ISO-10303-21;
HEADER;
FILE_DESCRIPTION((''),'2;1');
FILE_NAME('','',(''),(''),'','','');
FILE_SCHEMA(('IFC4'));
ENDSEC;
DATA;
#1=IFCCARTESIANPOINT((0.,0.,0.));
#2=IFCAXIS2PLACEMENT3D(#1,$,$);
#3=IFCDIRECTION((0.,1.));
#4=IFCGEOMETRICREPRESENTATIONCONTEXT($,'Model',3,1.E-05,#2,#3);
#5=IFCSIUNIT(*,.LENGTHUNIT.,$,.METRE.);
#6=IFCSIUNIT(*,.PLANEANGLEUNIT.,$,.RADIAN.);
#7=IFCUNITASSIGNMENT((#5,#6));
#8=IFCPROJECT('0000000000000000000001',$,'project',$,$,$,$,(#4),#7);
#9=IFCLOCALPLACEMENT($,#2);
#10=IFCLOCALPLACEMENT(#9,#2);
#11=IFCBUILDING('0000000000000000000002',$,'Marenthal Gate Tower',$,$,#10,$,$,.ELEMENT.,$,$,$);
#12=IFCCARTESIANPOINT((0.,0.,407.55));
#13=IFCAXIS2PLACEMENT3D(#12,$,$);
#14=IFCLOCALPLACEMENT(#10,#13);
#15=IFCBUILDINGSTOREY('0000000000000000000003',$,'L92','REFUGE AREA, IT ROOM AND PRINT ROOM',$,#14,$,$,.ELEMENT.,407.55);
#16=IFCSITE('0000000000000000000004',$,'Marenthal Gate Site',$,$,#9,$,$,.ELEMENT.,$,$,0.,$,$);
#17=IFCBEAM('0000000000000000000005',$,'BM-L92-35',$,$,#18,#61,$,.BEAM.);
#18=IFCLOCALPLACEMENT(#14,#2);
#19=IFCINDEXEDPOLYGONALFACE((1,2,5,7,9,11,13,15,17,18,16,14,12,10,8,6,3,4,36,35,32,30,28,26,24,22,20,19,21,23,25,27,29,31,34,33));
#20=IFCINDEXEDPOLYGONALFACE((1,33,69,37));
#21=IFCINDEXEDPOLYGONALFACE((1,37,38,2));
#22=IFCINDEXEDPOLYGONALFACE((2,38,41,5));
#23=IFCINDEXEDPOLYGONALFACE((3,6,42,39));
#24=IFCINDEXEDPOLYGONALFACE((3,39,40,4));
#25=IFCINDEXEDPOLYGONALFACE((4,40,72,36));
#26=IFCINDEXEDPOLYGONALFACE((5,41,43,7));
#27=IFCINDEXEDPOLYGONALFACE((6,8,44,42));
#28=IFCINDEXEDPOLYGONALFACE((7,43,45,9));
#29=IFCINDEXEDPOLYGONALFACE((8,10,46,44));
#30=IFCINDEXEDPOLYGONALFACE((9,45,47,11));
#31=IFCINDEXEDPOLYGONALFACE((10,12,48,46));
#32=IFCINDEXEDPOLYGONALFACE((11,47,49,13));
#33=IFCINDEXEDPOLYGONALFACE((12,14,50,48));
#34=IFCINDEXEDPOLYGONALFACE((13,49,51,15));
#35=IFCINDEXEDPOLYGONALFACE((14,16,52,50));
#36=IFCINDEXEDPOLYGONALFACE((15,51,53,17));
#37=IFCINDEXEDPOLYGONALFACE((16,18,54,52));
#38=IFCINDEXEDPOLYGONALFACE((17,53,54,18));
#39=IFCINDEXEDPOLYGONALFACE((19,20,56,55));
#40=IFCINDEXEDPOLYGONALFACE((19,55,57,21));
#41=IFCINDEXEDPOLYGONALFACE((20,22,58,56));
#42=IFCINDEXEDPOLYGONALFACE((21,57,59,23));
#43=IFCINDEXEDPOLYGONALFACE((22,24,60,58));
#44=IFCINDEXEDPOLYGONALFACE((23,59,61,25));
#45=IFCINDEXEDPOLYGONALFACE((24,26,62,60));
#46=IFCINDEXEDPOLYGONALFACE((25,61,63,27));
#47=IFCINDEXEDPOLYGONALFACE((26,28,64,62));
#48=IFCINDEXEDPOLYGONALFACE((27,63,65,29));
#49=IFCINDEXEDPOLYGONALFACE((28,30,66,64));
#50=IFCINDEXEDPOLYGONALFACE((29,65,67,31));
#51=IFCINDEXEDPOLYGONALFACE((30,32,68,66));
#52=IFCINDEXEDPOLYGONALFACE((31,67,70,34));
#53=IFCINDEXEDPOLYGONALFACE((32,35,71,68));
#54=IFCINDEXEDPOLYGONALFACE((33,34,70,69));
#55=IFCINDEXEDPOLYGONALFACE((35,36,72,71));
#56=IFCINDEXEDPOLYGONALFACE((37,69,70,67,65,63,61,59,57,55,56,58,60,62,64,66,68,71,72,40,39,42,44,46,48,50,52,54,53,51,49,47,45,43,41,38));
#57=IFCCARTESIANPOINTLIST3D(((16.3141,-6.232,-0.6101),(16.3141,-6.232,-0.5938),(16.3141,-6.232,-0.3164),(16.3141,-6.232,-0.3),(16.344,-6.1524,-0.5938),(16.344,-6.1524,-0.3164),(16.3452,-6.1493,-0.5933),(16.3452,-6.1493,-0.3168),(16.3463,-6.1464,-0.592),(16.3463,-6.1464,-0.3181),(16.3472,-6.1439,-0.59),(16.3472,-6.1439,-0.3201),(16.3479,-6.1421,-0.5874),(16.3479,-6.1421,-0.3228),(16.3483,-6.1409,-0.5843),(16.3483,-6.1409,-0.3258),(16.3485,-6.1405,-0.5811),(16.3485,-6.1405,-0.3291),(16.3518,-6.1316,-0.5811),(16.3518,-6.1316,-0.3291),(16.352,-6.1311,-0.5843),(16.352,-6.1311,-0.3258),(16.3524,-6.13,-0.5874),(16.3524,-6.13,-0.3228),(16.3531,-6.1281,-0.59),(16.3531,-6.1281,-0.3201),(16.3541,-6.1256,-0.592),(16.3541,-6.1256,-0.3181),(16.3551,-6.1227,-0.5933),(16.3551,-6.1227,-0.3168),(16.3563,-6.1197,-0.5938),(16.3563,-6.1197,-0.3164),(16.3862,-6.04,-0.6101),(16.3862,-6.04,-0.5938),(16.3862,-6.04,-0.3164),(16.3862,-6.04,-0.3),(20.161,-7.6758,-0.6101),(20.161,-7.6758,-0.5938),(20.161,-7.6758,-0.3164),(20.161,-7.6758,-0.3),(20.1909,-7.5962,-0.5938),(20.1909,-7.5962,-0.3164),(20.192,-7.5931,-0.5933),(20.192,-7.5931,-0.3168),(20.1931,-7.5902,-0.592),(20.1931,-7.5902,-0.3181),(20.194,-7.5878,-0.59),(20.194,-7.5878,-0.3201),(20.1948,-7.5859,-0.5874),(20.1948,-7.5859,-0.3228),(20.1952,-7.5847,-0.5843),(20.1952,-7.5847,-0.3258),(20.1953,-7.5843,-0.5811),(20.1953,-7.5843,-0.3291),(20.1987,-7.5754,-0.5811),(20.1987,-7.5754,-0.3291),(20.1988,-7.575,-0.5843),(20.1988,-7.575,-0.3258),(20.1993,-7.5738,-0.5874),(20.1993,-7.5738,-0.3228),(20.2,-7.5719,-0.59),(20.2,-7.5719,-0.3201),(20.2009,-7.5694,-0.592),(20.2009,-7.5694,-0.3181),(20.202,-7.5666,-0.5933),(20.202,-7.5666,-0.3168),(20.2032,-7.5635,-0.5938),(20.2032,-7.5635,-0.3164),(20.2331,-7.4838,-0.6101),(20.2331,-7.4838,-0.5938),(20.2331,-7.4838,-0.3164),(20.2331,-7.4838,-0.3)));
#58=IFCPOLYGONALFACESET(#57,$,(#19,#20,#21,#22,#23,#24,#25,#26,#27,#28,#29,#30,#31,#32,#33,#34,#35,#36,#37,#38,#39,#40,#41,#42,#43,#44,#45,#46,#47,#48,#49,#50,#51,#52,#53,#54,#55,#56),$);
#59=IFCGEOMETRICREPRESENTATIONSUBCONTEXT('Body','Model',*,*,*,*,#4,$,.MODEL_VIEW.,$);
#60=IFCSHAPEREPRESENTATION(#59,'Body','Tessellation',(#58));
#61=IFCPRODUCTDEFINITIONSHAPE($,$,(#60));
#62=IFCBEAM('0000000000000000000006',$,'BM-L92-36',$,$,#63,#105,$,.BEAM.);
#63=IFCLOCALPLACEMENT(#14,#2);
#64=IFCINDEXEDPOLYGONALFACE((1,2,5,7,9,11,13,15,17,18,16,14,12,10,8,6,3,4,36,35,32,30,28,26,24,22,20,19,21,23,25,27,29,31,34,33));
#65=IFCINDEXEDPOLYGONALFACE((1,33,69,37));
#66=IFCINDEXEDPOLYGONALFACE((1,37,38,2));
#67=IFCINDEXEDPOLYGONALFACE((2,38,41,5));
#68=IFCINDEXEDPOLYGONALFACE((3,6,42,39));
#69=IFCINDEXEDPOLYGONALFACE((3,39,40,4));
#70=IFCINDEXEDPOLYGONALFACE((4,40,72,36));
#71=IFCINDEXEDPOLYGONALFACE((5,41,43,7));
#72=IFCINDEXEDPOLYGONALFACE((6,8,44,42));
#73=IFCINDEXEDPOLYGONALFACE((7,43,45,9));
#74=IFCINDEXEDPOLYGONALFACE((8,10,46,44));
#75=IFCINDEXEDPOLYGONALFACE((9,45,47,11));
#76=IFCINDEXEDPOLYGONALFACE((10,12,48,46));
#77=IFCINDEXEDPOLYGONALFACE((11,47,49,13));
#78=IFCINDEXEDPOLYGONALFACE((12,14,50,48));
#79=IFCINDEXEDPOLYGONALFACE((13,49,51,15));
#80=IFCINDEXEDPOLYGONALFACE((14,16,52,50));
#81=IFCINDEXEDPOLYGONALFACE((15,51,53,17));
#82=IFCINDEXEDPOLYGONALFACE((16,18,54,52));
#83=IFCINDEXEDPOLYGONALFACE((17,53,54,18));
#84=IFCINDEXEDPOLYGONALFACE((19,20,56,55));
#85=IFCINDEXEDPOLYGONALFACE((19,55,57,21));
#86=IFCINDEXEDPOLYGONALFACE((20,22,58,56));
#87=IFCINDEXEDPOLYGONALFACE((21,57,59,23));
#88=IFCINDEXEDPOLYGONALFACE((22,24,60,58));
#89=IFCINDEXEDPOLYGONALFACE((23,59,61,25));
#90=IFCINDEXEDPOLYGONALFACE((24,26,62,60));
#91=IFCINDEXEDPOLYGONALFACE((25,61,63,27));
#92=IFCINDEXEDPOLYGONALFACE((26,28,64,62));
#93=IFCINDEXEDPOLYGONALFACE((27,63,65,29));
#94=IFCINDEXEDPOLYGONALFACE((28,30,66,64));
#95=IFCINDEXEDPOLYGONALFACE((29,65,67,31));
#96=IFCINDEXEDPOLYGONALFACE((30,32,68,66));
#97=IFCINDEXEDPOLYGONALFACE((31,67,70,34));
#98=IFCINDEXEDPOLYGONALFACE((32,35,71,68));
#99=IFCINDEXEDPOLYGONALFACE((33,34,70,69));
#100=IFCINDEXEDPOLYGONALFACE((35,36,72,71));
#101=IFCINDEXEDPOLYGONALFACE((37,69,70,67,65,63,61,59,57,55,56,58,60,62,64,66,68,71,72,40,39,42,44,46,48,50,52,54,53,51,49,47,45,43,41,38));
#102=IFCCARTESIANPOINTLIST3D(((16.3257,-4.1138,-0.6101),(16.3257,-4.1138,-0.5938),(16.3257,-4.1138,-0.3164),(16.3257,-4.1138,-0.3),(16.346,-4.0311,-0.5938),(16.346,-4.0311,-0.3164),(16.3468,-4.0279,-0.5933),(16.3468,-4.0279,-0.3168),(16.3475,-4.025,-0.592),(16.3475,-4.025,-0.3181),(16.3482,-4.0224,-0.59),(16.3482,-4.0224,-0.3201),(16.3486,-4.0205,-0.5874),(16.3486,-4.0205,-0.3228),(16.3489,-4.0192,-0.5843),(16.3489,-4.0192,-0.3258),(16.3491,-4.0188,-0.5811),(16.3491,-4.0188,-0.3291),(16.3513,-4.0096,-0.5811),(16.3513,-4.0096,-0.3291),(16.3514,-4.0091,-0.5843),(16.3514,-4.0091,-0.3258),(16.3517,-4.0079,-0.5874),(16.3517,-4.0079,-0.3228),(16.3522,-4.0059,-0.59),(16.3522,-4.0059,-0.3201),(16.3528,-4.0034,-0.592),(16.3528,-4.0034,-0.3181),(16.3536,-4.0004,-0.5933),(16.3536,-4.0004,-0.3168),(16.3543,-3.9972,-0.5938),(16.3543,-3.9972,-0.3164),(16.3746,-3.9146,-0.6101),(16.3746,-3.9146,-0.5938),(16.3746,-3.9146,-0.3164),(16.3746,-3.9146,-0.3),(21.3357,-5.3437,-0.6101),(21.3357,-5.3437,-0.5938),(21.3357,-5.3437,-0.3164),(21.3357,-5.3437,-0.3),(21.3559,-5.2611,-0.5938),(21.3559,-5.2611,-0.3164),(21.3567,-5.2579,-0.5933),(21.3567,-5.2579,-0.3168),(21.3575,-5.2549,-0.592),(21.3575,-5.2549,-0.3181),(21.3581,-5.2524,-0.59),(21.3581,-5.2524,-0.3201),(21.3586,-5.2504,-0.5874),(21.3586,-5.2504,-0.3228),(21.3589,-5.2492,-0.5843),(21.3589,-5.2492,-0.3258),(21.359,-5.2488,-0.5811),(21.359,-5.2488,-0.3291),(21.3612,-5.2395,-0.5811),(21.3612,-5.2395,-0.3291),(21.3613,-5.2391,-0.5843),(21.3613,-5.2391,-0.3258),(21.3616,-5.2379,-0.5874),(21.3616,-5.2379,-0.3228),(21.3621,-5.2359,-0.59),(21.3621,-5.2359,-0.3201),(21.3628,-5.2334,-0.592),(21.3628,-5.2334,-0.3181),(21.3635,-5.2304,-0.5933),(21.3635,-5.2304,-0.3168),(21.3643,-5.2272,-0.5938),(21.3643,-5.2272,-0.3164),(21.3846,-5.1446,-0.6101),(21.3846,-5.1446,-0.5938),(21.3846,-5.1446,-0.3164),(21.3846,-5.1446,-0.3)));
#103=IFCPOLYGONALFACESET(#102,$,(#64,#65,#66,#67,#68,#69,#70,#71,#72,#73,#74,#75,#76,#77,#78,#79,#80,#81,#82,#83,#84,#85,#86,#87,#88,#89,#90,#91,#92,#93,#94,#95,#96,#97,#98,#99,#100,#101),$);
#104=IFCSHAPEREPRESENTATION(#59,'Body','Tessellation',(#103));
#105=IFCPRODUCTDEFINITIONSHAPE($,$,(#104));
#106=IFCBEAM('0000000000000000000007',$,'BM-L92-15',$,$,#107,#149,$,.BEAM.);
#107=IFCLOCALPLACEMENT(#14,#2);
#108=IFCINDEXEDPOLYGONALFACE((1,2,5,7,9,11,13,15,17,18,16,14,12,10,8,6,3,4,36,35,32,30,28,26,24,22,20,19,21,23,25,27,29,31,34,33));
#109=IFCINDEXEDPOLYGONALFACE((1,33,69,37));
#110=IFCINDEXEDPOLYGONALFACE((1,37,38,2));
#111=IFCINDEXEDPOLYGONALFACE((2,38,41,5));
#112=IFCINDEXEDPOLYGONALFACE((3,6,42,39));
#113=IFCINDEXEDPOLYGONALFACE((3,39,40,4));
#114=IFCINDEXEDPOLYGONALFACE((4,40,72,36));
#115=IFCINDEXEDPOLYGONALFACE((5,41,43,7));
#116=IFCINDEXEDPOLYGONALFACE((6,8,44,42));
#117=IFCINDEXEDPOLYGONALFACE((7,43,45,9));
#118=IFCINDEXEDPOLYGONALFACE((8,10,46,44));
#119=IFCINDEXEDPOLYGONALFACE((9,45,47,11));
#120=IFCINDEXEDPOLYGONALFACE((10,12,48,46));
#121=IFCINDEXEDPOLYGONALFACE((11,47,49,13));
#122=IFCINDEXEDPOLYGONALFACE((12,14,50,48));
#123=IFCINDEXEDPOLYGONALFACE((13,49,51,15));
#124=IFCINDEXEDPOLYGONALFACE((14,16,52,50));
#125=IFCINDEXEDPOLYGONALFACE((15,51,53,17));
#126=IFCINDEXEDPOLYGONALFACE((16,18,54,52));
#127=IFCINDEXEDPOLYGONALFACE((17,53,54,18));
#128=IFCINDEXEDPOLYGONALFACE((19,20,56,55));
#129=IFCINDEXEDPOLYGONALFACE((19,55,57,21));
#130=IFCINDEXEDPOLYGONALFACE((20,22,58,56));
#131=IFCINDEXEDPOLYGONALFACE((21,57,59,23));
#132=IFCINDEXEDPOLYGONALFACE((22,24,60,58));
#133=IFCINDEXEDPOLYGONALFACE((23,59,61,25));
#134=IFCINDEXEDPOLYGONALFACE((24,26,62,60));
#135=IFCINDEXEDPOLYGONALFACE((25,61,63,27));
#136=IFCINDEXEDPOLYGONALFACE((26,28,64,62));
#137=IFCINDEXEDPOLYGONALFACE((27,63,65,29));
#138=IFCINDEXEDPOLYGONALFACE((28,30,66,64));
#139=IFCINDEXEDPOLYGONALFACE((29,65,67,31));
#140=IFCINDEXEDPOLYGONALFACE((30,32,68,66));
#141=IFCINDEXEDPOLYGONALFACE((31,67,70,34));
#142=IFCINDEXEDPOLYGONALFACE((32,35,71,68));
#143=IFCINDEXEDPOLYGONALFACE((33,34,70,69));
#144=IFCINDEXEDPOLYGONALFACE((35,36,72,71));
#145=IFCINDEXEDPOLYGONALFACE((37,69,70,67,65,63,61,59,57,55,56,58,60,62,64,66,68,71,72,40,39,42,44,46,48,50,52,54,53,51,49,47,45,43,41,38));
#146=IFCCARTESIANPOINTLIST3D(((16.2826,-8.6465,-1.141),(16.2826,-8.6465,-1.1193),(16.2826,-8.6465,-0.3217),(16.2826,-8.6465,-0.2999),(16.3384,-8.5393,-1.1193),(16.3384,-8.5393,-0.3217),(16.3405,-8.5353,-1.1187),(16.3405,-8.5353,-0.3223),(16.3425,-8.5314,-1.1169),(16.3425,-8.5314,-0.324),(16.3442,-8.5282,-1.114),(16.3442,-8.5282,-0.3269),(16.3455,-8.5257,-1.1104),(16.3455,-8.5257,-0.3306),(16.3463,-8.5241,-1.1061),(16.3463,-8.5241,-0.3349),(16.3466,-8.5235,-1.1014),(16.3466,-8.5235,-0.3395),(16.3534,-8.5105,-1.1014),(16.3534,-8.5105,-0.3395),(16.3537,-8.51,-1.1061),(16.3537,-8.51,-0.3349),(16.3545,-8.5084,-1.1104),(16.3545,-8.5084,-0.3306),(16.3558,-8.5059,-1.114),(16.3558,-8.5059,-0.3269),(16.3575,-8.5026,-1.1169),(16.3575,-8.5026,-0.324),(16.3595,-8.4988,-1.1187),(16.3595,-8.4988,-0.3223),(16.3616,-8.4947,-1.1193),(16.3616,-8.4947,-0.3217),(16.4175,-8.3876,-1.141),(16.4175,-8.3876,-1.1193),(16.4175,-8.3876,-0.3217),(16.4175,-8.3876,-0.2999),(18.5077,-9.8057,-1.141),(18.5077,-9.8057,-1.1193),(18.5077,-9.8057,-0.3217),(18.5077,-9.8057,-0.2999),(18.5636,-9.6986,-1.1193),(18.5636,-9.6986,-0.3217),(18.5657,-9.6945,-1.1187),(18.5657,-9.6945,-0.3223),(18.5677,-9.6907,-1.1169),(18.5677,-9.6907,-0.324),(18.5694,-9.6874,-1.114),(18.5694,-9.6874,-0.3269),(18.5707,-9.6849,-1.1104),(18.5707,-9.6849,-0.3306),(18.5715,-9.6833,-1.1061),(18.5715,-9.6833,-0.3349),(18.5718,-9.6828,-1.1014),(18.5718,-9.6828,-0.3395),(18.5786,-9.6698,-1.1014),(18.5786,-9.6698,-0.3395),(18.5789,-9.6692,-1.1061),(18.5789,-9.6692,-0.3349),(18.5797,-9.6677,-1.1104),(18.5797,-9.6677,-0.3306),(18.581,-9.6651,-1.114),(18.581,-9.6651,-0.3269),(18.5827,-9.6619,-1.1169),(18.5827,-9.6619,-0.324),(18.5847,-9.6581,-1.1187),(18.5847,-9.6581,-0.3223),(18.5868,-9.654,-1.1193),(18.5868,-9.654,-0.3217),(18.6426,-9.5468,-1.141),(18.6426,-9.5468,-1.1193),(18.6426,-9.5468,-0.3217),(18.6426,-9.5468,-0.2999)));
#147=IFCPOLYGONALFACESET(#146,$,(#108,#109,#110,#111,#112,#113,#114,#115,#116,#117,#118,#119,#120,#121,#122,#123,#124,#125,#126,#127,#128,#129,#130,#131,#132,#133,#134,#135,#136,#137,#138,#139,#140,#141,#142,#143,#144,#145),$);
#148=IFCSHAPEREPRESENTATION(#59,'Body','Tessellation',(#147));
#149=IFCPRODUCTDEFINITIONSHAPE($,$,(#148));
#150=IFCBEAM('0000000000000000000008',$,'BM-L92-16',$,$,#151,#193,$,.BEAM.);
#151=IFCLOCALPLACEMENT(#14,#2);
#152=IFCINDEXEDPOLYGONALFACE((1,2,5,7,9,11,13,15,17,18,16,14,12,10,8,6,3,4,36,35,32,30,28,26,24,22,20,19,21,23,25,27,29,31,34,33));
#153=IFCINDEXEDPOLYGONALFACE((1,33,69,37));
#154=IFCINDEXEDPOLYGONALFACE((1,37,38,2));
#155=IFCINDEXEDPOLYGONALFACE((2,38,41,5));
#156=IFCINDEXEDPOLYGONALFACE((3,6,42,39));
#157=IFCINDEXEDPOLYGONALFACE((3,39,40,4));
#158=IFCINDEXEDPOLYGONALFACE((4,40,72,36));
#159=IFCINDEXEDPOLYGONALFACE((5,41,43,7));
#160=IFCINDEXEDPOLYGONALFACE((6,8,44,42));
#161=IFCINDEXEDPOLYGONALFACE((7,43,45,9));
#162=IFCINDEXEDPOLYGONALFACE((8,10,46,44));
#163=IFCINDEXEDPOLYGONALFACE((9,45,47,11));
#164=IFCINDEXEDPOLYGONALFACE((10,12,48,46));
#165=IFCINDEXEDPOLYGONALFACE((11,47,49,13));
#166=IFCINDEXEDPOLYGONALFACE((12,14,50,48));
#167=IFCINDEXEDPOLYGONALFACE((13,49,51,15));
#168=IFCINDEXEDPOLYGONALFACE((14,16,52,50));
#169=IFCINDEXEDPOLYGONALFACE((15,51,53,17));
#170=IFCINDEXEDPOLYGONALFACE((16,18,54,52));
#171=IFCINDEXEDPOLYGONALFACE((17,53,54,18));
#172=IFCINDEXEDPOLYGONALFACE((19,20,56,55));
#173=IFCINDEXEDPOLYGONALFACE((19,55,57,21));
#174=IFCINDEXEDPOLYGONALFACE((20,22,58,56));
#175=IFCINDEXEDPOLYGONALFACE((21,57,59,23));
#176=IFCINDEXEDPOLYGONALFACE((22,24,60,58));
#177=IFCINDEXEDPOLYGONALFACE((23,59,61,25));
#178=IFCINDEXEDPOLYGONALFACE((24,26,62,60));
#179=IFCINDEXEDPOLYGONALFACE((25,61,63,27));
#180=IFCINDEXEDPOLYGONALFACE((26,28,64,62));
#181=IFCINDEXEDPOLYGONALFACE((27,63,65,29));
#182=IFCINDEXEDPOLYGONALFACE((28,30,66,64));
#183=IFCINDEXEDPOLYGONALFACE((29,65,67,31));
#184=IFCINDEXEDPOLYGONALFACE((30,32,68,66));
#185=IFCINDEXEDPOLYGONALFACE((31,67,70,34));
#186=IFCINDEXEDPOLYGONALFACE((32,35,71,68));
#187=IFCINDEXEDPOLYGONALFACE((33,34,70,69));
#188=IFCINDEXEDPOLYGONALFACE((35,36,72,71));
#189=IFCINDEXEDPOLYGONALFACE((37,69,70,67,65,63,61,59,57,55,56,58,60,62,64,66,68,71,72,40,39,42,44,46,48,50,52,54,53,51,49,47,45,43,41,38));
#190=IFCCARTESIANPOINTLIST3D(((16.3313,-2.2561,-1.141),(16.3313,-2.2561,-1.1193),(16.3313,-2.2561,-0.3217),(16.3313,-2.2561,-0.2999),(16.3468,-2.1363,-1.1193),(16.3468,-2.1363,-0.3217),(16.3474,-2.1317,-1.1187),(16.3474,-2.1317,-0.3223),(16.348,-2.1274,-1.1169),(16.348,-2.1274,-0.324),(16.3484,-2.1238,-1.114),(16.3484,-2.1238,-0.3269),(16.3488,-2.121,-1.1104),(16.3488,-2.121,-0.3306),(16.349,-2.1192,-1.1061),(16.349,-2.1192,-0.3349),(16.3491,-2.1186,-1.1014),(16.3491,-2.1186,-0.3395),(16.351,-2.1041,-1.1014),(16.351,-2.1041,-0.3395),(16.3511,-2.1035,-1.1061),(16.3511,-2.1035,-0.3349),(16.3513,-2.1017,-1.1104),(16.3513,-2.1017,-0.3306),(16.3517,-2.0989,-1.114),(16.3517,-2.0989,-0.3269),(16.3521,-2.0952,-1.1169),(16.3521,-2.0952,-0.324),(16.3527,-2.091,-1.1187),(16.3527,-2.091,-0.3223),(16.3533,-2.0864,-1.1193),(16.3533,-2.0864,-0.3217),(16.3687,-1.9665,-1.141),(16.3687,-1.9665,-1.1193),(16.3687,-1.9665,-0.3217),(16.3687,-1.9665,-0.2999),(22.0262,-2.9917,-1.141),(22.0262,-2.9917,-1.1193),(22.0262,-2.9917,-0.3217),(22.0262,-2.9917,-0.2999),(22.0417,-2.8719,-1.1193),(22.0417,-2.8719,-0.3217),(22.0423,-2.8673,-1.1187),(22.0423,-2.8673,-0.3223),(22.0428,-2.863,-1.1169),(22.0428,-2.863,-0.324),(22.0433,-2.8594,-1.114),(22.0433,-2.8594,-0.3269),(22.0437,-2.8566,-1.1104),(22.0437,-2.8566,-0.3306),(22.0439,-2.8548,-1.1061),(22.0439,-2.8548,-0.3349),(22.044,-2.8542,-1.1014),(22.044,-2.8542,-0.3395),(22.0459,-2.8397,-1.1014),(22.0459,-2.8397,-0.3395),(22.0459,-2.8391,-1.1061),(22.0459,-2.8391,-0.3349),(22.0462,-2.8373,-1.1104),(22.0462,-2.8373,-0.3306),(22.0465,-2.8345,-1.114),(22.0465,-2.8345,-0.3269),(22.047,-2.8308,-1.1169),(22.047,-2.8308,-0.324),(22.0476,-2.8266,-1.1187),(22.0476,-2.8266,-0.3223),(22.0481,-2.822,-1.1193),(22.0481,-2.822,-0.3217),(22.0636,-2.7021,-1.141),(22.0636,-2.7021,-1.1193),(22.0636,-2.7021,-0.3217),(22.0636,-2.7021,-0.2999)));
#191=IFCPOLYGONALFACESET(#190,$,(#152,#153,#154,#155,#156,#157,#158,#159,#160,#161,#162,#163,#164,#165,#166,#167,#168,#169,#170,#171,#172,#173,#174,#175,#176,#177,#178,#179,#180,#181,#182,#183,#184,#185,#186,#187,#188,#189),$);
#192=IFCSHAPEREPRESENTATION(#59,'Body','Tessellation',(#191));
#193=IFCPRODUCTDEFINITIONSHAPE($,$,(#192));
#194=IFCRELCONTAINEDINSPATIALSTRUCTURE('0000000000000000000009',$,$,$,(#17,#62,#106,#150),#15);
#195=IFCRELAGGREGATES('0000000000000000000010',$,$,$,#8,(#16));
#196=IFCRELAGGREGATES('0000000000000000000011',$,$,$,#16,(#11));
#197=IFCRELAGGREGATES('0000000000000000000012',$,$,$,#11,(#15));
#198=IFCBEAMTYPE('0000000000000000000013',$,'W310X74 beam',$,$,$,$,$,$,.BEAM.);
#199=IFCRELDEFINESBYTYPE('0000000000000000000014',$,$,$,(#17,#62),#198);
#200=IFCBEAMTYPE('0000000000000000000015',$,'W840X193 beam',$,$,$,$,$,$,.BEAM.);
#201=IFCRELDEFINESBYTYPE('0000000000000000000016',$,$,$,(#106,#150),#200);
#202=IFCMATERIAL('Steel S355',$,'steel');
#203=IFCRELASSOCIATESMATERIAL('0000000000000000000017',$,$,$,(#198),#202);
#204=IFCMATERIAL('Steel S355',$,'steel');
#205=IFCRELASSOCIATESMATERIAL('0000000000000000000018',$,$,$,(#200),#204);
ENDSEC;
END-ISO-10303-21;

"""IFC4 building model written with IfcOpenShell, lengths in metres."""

from ifc_helpers import new_model, si_unit, direction, frame, origin, origin_2d, place, context, subcontext, project, spatial, i_section, extrude, material, material_profile, profile_set, type_object, element, save


model = new_model("IFC4")

# Units and contexts
model_context = context("Model", 3, precision=1e-05, world=origin(), true_north=direction((0.0, 1.0)))
body_context = subcontext(model_context, "Body", "Model", "MODEL_VIEW")
ifc_project = project(units=[si_unit("LENGTHUNIT", "METRE"), si_unit("PLANEANGLEUNIT", "RADIAN")], contexts=[model_context])

# Site, building, storey
site_placement = place(None, origin())
site = spatial("IfcSite", under=ifc_project, at=site_placement, Name="Marenthal Gate Site", CompositionType="ELEMENT", RefElevation=0.0)
building_placement = place(site_placement, origin())
building = spatial("IfcBuilding", under=site, at=building_placement, Name="Marenthal Gate Tower", CompositionType="ELEMENT")
storey_placement = place(building_placement, frame((0.0, 0.0, 407.55)))
storey = spatial("IfcBuildingStorey", under=building, at=storey_placement, Name="L92", Description="REFUGE AREA, IT ROOM AND PRINT ROOM", CompositionType="ELEMENT", Elevation=407.55)

# Beams
ifc_material_1 = material(Name="Steel S355", Category="steel")
ifc_material_profile_1 = material_profile(ifc_material_1, i_section(OverallWidth=0.2051, OverallDepth=0.3101, WebThickness=0.0095, FlangeThickness=0.0164, FilletRadius=0.0127, at=origin_2d()), Name="W310X74")
ifc_profile_set_1 = profile_set([ifc_material_profile_1], Name="Steel S355")
beam_type_1 = type_object("IfcBeamType", Name="W310X74 beam", PredefinedType="BEAM", material=ifc_profile_set_1)
beam_1_placement = place(storey_placement, frame((20.197, -7.5798, -0.4551), z_axis=(-0.936229, 0.35139, 0.0), x_axis=(-0.35139, -0.936229, 0.0)))
element("IfcBeam", 1, at=beam_1_placement, inside=storey, type_object=beam_type_1, Name="BM-L92-35", PredefinedType="BEAM", context=body_context, shape_type="SweptSolid", body=[
    extrude(i_section(OverallWidth=0.2051, OverallDepth=0.3101, WebThickness=0.0095, FlangeThickness=0.0164, FilletRadius=0.0127, at=origin_2d()), origin(), (0.0, 0.0, 1.0), 4.1089),
])
beam_2_placement = place(storey_placement, frame((21.3601, -5.2441, -0.4551), z_axis=(-0.971161, 0.238425, 0.0), x_axis=(-0.238425, -0.971161, 0.0)))
element("IfcBeam", 2, at=beam_2_placement, inside=storey, type_object=beam_type_1, Name="BM-L92-36", PredefinedType="BEAM", context=body_context, shape_type="SweptSolid", body=[
    extrude(i_section(OverallWidth=0.2051, OverallDepth=0.3101, WebThickness=0.0095, FlangeThickness=0.0164, FilletRadius=0.0127, at=origin_2d()), origin(), (0.0, 0.0, 1.0), 5.1587),
])
ifc_material_2 = material(Name="Steel S355", Category="steel")
ifc_material_profile_2 = material_profile(ifc_material_2, i_section(OverallWidth=0.292, OverallDepth=0.8411, WebThickness=0.0146, FlangeThickness=0.0217, FilletRadius=0.0178, at=origin_2d()), Name="W840X193")
ifc_profile_set_2 = profile_set([ifc_material_profile_2], Name="Steel S355")
beam_type_2 = type_object("IfcBeamType", Name="W840X193 beam", PredefinedType="BEAM", material=ifc_profile_set_2)
beam_3_placement = place(storey_placement, frame((18.5752, -9.6763, -0.7205), z_axis=(-0.886869, 0.462021, 0.0), x_axis=(-0.462021, -0.886869, 0.0)))
element("IfcBeam", 3, at=beam_3_placement, inside=storey, type_object=beam_type_2, Name="BM-L92-15", PredefinedType="BEAM", context=body_context, shape_type="SweptSolid", body=[
    extrude(i_section(OverallWidth=0.292, OverallDepth=0.8411, WebThickness=0.0146, FlangeThickness=0.0217, FilletRadius=0.0178, at=origin_2d()), origin(), (0.0, 0.0, 1.0), 2.509),
])
beam_4_placement = place(storey_placement, frame((22.0449, -2.8469, -0.7205), z_axis=(-0.991761, 0.128105, 0.0), x_axis=(-0.128105, -0.991761, 0.0)))
element("IfcBeam", 4, at=beam_4_placement, inside=storey, type_object=beam_type_2, Name="BM-L92-16", PredefinedType="BEAM", context=body_context, shape_type="SweptSolid", body=[
    extrude(i_section(OverallWidth=0.292, OverallDepth=0.8411, WebThickness=0.0146, FlangeThickness=0.0217, FilletRadius=0.0178, at=origin_2d()), origin(), (0.0, 0.0, 1.0), 5.7422),
])

save(model, "model.ifc")
